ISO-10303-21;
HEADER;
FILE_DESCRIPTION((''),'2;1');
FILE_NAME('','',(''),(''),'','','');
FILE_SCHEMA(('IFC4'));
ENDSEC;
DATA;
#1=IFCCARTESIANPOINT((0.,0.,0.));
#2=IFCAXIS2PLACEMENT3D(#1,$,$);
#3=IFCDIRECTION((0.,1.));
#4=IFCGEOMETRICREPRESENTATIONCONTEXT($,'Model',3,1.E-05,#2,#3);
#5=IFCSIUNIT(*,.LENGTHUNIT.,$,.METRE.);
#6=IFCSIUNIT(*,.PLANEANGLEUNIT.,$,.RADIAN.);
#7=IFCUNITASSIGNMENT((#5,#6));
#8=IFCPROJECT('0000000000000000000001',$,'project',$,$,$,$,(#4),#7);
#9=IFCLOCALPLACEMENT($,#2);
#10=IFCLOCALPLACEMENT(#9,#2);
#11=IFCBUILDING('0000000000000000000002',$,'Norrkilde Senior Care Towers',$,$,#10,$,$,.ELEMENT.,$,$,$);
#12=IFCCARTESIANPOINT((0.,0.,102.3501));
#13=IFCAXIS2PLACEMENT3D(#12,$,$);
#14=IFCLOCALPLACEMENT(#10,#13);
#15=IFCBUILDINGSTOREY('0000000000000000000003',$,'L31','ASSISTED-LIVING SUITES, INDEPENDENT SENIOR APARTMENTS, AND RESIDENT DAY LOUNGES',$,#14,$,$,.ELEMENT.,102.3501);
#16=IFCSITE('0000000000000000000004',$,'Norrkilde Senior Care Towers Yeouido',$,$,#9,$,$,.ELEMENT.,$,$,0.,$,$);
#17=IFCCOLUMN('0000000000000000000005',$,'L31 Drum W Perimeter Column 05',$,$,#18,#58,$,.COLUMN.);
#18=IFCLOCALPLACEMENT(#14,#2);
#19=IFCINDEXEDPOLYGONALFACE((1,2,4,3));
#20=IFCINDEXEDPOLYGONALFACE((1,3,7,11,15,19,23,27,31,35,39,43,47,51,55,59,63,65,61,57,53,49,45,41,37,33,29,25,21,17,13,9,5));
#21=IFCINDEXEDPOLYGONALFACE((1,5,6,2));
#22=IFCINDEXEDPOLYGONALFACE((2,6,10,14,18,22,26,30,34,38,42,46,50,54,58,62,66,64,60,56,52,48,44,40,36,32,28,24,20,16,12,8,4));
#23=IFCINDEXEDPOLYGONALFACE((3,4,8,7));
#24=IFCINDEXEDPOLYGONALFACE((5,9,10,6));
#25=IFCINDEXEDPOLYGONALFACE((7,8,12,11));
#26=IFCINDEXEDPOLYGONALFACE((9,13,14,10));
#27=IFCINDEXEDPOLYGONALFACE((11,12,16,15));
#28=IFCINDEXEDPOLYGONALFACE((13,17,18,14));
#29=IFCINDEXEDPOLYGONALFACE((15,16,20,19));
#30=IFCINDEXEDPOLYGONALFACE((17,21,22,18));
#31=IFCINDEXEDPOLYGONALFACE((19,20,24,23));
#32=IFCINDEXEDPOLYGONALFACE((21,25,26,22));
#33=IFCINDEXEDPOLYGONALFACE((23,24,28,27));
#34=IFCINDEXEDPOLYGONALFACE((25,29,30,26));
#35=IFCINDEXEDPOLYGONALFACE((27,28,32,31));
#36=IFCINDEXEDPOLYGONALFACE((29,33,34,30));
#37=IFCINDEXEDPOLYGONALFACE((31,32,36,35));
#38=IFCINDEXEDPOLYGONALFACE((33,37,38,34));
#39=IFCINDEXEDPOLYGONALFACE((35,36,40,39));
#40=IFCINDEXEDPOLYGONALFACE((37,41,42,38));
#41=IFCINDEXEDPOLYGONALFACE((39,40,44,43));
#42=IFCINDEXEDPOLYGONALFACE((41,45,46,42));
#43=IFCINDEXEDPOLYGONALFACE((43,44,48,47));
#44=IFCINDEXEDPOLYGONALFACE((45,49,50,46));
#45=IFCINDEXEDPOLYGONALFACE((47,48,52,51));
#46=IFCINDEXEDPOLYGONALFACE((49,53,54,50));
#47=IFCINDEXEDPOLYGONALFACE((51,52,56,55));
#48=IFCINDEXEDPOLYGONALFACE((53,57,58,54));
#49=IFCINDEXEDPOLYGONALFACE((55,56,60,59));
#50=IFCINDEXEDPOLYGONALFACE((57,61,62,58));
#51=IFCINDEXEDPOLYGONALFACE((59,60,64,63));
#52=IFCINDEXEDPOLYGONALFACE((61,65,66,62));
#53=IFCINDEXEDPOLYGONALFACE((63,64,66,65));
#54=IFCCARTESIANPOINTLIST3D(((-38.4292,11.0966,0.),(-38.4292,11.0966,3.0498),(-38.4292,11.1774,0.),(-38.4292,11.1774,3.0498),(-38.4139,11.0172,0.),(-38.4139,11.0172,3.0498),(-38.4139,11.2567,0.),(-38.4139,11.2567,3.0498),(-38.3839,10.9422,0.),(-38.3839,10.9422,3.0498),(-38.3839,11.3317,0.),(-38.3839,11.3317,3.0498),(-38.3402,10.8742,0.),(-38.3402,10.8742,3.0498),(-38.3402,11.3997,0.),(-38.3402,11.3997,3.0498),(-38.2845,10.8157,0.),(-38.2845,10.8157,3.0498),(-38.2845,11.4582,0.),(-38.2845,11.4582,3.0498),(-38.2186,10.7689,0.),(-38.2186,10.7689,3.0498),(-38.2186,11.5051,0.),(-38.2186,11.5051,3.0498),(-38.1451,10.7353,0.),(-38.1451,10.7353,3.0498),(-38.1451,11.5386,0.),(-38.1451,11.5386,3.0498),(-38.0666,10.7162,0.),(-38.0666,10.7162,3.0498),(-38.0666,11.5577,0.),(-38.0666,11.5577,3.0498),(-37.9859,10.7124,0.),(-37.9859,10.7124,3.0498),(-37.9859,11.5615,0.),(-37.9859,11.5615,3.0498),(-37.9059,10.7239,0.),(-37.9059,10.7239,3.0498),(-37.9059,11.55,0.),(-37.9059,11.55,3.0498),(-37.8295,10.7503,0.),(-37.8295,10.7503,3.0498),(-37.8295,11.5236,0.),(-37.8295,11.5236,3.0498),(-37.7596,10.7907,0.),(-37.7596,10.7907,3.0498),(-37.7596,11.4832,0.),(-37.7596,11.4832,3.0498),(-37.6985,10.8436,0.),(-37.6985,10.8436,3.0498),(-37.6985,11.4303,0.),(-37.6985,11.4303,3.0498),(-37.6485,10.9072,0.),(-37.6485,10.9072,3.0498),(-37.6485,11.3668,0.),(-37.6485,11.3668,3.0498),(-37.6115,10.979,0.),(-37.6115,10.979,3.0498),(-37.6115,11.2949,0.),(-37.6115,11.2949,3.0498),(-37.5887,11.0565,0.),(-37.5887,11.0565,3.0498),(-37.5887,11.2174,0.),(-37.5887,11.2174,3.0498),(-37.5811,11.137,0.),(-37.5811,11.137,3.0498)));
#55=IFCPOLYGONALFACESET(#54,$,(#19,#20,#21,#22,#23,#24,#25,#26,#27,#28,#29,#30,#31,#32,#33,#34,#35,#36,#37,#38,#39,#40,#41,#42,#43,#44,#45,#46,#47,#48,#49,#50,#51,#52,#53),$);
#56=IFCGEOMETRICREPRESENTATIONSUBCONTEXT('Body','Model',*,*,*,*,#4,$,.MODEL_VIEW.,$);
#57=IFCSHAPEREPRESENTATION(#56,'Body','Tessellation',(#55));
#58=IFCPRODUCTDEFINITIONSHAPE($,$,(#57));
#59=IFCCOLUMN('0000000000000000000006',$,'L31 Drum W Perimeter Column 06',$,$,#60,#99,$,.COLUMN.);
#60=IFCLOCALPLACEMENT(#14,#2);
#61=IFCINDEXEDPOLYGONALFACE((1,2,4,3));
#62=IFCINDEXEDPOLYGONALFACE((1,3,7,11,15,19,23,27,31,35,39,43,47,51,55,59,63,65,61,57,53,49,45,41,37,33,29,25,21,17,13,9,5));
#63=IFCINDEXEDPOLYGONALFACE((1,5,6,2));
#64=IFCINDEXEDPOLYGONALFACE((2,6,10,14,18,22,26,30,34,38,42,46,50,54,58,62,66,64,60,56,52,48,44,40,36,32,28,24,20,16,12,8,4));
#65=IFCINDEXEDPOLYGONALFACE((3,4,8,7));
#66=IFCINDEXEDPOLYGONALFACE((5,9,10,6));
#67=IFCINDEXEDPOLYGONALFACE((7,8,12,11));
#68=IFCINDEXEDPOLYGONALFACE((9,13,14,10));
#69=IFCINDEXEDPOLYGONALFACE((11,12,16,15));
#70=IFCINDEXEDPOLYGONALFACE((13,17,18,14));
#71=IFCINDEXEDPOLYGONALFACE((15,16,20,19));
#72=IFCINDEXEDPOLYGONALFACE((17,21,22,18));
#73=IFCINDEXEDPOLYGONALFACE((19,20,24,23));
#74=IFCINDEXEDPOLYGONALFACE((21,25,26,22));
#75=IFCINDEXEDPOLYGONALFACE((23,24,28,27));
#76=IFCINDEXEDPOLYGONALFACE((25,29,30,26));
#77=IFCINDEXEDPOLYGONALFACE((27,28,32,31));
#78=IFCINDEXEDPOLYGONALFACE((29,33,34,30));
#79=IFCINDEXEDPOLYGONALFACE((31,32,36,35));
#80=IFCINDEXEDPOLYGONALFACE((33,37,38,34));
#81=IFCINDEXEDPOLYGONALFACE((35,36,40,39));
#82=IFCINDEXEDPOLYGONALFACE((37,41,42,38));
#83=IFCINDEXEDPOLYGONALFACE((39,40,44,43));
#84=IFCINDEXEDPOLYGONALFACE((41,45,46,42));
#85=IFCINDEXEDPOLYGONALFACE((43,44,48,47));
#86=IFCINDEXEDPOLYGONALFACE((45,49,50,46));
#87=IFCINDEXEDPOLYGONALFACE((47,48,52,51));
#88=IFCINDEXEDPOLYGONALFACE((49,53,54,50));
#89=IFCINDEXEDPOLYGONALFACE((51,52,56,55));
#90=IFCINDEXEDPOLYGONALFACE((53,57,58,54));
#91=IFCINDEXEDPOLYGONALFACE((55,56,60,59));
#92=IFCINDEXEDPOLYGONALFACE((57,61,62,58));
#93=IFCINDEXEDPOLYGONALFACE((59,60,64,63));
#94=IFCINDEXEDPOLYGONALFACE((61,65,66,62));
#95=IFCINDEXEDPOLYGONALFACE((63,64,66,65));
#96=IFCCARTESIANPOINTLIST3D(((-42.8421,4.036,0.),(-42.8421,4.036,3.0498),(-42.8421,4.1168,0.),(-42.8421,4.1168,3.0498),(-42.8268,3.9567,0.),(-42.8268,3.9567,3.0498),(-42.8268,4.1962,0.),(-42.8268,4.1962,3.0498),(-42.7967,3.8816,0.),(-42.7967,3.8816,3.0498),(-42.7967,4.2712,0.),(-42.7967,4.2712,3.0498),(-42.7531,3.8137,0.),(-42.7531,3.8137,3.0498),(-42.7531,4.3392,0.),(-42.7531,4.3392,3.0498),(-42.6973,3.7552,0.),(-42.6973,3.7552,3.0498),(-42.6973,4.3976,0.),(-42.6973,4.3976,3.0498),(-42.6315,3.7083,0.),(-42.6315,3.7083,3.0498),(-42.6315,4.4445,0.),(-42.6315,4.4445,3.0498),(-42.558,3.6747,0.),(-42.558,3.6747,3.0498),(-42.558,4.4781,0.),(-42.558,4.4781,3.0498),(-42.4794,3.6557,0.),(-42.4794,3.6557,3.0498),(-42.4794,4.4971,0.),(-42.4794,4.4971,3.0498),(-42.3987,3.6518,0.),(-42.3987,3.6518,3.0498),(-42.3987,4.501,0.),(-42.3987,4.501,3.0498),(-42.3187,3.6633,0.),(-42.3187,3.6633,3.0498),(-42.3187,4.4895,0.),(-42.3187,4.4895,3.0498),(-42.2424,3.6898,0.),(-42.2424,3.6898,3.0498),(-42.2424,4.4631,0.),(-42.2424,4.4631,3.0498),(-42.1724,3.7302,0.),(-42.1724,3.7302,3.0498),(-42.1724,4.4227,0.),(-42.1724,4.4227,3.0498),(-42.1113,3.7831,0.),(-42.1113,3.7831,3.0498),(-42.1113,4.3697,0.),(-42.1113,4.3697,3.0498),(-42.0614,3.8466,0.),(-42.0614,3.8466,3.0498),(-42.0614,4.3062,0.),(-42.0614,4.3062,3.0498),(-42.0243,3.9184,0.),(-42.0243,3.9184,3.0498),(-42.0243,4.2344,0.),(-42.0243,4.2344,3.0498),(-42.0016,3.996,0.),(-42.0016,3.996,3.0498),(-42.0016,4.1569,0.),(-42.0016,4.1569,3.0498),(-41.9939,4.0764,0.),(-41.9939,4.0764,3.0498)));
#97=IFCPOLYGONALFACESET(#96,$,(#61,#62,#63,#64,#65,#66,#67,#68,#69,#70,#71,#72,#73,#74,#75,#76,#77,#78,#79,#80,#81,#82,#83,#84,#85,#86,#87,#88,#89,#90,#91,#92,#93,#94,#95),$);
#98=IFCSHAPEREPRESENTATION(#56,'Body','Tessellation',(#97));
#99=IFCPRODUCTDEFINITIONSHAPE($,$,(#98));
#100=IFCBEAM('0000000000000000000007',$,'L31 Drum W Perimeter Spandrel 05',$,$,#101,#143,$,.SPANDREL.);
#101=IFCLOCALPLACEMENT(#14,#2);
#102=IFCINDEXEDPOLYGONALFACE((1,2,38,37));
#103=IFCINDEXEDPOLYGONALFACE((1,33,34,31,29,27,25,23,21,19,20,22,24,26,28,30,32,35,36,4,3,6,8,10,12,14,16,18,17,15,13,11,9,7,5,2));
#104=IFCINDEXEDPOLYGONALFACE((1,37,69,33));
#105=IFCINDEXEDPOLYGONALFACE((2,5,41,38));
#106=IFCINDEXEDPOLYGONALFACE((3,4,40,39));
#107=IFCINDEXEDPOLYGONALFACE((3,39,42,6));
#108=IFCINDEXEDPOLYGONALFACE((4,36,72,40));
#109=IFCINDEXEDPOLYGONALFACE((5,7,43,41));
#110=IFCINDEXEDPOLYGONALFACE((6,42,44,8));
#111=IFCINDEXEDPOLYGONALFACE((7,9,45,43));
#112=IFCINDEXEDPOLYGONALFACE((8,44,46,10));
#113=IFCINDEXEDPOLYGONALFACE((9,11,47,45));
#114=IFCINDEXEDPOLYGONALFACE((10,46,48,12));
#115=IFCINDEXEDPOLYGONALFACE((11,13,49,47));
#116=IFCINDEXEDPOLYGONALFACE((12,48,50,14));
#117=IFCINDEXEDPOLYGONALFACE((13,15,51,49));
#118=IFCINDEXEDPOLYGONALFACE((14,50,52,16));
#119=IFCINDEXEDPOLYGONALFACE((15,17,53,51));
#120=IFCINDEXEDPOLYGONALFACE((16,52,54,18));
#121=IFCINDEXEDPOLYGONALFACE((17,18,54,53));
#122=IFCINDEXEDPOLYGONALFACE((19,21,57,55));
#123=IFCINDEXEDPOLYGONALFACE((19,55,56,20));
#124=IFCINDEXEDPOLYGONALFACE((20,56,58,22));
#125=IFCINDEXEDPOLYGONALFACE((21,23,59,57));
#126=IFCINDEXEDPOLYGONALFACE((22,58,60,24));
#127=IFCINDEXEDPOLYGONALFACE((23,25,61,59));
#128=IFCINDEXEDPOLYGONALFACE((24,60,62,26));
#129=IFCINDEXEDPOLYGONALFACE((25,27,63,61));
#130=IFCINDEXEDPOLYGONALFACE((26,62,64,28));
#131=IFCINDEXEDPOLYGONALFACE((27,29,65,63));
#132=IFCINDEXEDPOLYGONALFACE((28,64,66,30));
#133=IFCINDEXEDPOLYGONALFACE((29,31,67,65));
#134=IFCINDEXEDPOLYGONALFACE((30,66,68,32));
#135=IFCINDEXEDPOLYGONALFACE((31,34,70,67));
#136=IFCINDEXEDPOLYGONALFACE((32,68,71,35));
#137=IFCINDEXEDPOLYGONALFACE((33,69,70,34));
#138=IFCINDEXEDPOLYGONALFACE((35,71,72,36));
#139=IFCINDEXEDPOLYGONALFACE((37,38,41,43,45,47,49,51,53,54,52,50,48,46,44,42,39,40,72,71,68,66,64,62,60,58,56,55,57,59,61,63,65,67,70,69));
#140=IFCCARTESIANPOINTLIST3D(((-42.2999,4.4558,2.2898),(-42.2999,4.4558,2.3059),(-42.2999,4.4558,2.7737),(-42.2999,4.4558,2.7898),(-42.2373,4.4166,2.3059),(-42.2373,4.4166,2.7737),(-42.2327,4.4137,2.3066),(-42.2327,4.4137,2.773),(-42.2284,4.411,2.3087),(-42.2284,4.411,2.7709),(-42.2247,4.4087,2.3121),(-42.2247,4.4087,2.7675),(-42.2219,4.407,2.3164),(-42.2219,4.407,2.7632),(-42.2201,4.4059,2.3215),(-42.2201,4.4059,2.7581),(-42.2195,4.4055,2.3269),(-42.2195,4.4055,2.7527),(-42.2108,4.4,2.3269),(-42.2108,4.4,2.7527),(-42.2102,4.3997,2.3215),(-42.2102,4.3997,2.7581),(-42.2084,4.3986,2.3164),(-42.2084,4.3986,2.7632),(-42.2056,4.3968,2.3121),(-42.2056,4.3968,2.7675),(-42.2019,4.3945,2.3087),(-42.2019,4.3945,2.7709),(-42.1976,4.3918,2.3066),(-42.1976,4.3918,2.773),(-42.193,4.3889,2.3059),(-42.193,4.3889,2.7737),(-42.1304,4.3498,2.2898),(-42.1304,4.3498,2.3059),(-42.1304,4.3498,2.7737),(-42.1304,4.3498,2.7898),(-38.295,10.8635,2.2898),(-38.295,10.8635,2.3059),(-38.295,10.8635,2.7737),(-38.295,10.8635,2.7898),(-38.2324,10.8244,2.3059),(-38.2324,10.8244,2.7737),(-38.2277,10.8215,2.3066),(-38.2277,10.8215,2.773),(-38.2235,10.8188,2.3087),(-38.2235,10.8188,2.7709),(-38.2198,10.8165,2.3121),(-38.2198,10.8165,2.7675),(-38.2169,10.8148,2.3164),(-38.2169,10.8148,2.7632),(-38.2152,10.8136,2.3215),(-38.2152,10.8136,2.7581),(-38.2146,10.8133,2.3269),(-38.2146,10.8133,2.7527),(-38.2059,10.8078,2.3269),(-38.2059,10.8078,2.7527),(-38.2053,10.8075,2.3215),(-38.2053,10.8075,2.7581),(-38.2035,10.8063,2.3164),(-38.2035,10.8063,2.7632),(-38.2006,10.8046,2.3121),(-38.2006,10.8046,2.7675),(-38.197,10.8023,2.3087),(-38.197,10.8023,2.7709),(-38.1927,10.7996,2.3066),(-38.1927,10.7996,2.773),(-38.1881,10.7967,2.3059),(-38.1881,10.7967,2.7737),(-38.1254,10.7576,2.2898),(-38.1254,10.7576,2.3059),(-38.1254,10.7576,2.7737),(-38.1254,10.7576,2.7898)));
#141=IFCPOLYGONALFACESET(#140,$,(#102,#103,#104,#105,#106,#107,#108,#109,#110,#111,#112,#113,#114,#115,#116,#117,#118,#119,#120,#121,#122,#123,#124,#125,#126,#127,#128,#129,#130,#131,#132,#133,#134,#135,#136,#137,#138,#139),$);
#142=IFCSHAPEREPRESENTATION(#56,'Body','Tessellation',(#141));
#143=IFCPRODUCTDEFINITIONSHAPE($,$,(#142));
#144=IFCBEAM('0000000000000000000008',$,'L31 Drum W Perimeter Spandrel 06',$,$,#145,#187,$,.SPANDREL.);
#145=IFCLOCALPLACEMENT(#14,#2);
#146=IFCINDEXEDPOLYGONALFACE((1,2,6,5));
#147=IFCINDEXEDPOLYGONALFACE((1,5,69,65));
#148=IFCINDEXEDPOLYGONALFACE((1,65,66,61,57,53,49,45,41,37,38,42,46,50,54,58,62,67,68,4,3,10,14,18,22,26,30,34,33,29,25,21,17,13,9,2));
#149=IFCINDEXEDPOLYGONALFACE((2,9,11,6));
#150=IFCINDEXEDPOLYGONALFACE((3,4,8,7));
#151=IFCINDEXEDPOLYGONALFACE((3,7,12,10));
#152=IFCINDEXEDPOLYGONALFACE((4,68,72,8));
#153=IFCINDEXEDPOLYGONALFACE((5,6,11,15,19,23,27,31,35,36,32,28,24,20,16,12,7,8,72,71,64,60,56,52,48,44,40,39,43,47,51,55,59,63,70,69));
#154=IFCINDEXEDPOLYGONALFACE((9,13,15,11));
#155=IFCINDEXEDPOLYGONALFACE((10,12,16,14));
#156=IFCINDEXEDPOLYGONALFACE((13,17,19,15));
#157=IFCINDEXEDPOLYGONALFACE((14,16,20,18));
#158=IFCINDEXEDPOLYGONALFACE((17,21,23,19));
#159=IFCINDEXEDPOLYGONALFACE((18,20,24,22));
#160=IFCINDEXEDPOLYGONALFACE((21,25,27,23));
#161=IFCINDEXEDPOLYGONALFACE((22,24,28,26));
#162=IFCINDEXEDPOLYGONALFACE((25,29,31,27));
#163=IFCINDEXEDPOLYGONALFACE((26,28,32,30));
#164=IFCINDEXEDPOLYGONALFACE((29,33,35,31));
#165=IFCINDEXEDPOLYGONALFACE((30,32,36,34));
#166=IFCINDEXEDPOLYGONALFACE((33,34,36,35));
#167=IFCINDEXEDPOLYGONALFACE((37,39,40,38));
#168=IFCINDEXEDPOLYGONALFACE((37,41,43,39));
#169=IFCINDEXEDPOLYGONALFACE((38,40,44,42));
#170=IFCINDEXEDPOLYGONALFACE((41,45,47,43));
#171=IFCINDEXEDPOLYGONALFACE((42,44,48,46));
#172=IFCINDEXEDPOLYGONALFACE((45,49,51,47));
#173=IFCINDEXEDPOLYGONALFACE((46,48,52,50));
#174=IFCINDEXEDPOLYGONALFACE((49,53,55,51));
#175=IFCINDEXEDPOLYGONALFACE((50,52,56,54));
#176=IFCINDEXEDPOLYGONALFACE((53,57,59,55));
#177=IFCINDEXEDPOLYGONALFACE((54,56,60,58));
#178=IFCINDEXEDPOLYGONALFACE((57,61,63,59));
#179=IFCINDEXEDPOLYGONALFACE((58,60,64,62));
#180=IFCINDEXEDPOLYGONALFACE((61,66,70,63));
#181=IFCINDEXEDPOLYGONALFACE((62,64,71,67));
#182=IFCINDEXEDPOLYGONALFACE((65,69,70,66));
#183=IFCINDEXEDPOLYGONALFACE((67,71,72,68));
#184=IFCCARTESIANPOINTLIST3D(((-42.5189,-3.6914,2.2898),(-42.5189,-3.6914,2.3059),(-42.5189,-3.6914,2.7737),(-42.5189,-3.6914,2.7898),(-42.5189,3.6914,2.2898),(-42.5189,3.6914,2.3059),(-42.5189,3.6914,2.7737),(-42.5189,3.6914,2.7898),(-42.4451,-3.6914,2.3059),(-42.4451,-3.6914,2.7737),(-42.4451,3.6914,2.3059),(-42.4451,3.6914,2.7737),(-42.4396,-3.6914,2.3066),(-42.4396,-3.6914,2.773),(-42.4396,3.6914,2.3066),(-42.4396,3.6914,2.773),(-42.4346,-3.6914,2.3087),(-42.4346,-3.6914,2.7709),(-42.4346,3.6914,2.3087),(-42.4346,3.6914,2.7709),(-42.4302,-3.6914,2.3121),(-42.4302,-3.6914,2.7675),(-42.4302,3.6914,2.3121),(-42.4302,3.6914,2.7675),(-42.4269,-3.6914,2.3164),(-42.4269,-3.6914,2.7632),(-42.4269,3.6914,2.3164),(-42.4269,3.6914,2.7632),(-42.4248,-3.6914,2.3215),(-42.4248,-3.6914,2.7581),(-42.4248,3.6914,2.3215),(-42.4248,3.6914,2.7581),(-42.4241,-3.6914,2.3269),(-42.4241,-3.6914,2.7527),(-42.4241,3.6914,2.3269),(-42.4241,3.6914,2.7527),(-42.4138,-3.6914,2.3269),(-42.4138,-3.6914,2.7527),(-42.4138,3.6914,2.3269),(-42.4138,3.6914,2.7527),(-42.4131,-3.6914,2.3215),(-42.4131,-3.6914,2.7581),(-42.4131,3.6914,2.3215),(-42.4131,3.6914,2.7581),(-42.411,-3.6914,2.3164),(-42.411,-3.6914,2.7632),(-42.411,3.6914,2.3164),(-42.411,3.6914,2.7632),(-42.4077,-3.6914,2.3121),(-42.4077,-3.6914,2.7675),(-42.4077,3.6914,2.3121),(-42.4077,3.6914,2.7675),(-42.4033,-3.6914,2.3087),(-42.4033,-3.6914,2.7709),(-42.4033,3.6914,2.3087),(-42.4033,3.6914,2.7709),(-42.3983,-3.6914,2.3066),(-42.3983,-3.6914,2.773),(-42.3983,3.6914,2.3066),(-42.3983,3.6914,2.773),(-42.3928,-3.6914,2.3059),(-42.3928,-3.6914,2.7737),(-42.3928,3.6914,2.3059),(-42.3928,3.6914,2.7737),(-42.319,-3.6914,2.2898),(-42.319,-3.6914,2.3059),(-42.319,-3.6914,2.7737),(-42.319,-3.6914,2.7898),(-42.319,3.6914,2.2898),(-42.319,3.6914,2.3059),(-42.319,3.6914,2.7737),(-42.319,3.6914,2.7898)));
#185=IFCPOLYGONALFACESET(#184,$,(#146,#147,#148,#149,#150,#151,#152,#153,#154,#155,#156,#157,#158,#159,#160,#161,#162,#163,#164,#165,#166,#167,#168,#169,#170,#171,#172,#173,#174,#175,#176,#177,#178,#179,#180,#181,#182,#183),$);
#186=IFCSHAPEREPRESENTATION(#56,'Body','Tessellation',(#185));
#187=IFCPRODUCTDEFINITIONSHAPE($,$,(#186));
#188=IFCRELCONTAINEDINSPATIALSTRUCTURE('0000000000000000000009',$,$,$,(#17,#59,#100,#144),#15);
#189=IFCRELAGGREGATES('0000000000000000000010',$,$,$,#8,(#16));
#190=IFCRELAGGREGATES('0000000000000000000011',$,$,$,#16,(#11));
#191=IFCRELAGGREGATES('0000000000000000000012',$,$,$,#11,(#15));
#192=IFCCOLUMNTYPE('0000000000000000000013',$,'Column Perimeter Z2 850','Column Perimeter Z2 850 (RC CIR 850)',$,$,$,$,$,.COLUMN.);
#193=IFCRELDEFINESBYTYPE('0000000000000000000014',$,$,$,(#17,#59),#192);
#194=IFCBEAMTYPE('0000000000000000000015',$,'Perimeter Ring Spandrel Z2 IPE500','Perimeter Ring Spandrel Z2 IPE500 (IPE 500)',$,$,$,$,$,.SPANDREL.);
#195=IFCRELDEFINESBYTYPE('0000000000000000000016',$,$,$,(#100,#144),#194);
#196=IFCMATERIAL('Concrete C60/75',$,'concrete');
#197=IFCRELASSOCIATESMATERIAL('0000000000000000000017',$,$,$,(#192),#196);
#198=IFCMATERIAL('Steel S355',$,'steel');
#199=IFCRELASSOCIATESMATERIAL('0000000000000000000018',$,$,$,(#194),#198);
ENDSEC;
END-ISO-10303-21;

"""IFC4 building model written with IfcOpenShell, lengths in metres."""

from ifc_helpers import new_model, si_unit, direction, frame, origin, origin_2d, place, context, subcontext, project, spatial, circle, i_section, extrude, source, transform, mapped, material, material_profile, profile_set, type_object, type_shapes, element, save


model = new_model("IFC4")

# Units and contexts
model_context = context("Model", 3, precision=1e-05, world=origin(), true_north=direction((0.0, 1.0)))
body_context = subcontext(model_context, "Body", "Model", "MODEL_VIEW")
ifc_project = project(units=[si_unit("LENGTHUNIT", "METRE"), si_unit("PLANEANGLEUNIT", "RADIAN")], contexts=[model_context])

# Site, building, storey
site_placement = place(None, origin())
site = spatial("IfcSite", under=ifc_project, at=site_placement, Name="Norrkilde Senior Care Towers Yeouido", CompositionType="ELEMENT", RefElevation=0.0)
building_placement = place(site_placement, origin())
building = spatial("IfcBuilding", under=site, at=building_placement, Name="Norrkilde Senior Care Towers", CompositionType="ELEMENT")
storey_placement = place(building_placement, frame((0.0, 0.0, 102.3501)))
storey = spatial("IfcBuildingStorey", under=building, at=storey_placement, Name="L31", Description="ASSISTED-LIVING SUITES, INDEPENDENT SENIOR APARTMENTS, AND RESIDENT DAY LOUNGES", CompositionType="ELEMENT", Elevation=102.3501)

# Columns
ifc_material_1 = material(Name="Concrete C60/75", Category="concrete")
ifc_material_profile_1 = material_profile(ifc_material_1, circle(Radius=0.425, at=origin_2d()), Name="RC CIR 850")
ifc_profile_set_1 = profile_set([ifc_material_profile_1], Name="Concrete C60/75")
column_type = type_object("IfcColumnType", Name="Column Perimeter Z2 850", Description="Column Perimeter Z2 850 (RC CIR 850)", PredefinedType="COLUMN", material=ifc_profile_set_1)
shared_shape_1 = source(origin(), body_context, "Body", "SweptSolid", [
    extrude(circle(Radius=0.425, at=origin_2d()), origin(), (0.0, 0.0, 1.0), 3.0498),
])
type_shapes(column_type, [shared_shape_1])
for number, where, z_axis, x_axis, name in (
    (1, (-38.0061, 11.137, 0.0), (0.0, 0.0, 1.0), (1.0, 0.0, 0.0), "L31 Drum W Perimeter Column 05"),
    (2, (-42.4189, 4.0764, 0.0), (0.0, 0.0, 1.0), (1.0, 0.0, 0.0), "L31 Drum W Perimeter Column 06"),
):
    element("IfcColumn", number, at=place(storey_placement, frame(where, z_axis=z_axis, x_axis=x_axis)), inside=storey, type_object=column_type, Name=name, PredefinedType="COLUMN", context=body_context, shape_type="MappedRepresentation", body=[
        mapped(shared_shape_1, transform((0.0, 0.0, 0.0), x_axis=(1.0, 0.0, 0.0), y_axis=(0.0, 1.0, 0.0), z_axis=(0.0, 0.0, 1.0), scale=1.0)),
    ])

# Beams
ifc_material_2 = material(Name="Steel S355", Category="steel")
ifc_material_profile_2 = material_profile(ifc_material_2, i_section(OverallWidth=0.2, OverallDepth=0.5, WebThickness=0.0103, FlangeThickness=0.0161, FilletRadius=0.021, at=origin_2d()), Name="IPE 500")
ifc_profile_set_2 = profile_set([ifc_material_profile_2], Name="Steel S355")
beam_type = type_object("IfcBeamType", Name="Perimeter Ring Spandrel Z2 IPE500", Description="Perimeter Ring Spandrel Z2 IPE500 (IPE 500)", PredefinedType="SPANDREL", material=ifc_profile_set_2)
shared_shape_2 = source(origin(), body_context, "Body", "SweptSolid", [
    extrude(i_section(OverallWidth=0.2, OverallDepth=0.5, WebThickness=0.0103, FlangeThickness=0.0161, FilletRadius=0.021, at=origin_2d()), origin(), (0.0, 0.0, 1.0), 7.5564),
])
beam_1_placement = place(storey_placement, frame((-38.2102, 10.8105, 2.5398), z_axis=(-0.530005, -0.847995, 0.0), x_axis=(0.847995, -0.530005, 0.0)))
element("IfcBeam", 3, at=beam_1_placement, inside=storey, type_object=beam_type, Name="L31 Drum W Perimeter Spandrel 05", PredefinedType="SPANDREL", context=body_context, shape_type="MappedRepresentation", body=[
    mapped(shared_shape_2, transform((0.0, 0.0, 0.0), x_axis=(1.0, 0.0, 0.0), y_axis=(0.0, 1.0, 0.0), z_axis=(0.0, 0.0, 1.0), scale=1.0)),
])
shared_shape_3 = source(origin(), body_context, "Body", "SweptSolid", [
    extrude(i_section(OverallWidth=0.2, OverallDepth=0.5, WebThickness=0.0103, FlangeThickness=0.0161, FilletRadius=0.021, at=origin_2d()), origin(), (0.0, 0.0, 1.0), 7.3828),
])
type_shapes(beam_type, [shared_shape_2, shared_shape_3])
beam_2_placement = place(storey_placement, frame((-42.4189, 3.6914, 2.5398), z_axis=(0.0, -1.0, 0.0), x_axis=(1.0, 0.0, 0.0)))
element("IfcBeam", 4, at=beam_2_placement, inside=storey, type_object=beam_type, Name="L31 Drum W Perimeter Spandrel 06", PredefinedType="SPANDREL", context=body_context, shape_type="MappedRepresentation", body=[
    mapped(shared_shape_3, transform((0.0, 0.0, 0.0), x_axis=(1.0, 0.0, 0.0), y_axis=(0.0, 1.0, 0.0), z_axis=(0.0, 0.0, 1.0), scale=1.0)),
])

save(model, "model.ifc")
